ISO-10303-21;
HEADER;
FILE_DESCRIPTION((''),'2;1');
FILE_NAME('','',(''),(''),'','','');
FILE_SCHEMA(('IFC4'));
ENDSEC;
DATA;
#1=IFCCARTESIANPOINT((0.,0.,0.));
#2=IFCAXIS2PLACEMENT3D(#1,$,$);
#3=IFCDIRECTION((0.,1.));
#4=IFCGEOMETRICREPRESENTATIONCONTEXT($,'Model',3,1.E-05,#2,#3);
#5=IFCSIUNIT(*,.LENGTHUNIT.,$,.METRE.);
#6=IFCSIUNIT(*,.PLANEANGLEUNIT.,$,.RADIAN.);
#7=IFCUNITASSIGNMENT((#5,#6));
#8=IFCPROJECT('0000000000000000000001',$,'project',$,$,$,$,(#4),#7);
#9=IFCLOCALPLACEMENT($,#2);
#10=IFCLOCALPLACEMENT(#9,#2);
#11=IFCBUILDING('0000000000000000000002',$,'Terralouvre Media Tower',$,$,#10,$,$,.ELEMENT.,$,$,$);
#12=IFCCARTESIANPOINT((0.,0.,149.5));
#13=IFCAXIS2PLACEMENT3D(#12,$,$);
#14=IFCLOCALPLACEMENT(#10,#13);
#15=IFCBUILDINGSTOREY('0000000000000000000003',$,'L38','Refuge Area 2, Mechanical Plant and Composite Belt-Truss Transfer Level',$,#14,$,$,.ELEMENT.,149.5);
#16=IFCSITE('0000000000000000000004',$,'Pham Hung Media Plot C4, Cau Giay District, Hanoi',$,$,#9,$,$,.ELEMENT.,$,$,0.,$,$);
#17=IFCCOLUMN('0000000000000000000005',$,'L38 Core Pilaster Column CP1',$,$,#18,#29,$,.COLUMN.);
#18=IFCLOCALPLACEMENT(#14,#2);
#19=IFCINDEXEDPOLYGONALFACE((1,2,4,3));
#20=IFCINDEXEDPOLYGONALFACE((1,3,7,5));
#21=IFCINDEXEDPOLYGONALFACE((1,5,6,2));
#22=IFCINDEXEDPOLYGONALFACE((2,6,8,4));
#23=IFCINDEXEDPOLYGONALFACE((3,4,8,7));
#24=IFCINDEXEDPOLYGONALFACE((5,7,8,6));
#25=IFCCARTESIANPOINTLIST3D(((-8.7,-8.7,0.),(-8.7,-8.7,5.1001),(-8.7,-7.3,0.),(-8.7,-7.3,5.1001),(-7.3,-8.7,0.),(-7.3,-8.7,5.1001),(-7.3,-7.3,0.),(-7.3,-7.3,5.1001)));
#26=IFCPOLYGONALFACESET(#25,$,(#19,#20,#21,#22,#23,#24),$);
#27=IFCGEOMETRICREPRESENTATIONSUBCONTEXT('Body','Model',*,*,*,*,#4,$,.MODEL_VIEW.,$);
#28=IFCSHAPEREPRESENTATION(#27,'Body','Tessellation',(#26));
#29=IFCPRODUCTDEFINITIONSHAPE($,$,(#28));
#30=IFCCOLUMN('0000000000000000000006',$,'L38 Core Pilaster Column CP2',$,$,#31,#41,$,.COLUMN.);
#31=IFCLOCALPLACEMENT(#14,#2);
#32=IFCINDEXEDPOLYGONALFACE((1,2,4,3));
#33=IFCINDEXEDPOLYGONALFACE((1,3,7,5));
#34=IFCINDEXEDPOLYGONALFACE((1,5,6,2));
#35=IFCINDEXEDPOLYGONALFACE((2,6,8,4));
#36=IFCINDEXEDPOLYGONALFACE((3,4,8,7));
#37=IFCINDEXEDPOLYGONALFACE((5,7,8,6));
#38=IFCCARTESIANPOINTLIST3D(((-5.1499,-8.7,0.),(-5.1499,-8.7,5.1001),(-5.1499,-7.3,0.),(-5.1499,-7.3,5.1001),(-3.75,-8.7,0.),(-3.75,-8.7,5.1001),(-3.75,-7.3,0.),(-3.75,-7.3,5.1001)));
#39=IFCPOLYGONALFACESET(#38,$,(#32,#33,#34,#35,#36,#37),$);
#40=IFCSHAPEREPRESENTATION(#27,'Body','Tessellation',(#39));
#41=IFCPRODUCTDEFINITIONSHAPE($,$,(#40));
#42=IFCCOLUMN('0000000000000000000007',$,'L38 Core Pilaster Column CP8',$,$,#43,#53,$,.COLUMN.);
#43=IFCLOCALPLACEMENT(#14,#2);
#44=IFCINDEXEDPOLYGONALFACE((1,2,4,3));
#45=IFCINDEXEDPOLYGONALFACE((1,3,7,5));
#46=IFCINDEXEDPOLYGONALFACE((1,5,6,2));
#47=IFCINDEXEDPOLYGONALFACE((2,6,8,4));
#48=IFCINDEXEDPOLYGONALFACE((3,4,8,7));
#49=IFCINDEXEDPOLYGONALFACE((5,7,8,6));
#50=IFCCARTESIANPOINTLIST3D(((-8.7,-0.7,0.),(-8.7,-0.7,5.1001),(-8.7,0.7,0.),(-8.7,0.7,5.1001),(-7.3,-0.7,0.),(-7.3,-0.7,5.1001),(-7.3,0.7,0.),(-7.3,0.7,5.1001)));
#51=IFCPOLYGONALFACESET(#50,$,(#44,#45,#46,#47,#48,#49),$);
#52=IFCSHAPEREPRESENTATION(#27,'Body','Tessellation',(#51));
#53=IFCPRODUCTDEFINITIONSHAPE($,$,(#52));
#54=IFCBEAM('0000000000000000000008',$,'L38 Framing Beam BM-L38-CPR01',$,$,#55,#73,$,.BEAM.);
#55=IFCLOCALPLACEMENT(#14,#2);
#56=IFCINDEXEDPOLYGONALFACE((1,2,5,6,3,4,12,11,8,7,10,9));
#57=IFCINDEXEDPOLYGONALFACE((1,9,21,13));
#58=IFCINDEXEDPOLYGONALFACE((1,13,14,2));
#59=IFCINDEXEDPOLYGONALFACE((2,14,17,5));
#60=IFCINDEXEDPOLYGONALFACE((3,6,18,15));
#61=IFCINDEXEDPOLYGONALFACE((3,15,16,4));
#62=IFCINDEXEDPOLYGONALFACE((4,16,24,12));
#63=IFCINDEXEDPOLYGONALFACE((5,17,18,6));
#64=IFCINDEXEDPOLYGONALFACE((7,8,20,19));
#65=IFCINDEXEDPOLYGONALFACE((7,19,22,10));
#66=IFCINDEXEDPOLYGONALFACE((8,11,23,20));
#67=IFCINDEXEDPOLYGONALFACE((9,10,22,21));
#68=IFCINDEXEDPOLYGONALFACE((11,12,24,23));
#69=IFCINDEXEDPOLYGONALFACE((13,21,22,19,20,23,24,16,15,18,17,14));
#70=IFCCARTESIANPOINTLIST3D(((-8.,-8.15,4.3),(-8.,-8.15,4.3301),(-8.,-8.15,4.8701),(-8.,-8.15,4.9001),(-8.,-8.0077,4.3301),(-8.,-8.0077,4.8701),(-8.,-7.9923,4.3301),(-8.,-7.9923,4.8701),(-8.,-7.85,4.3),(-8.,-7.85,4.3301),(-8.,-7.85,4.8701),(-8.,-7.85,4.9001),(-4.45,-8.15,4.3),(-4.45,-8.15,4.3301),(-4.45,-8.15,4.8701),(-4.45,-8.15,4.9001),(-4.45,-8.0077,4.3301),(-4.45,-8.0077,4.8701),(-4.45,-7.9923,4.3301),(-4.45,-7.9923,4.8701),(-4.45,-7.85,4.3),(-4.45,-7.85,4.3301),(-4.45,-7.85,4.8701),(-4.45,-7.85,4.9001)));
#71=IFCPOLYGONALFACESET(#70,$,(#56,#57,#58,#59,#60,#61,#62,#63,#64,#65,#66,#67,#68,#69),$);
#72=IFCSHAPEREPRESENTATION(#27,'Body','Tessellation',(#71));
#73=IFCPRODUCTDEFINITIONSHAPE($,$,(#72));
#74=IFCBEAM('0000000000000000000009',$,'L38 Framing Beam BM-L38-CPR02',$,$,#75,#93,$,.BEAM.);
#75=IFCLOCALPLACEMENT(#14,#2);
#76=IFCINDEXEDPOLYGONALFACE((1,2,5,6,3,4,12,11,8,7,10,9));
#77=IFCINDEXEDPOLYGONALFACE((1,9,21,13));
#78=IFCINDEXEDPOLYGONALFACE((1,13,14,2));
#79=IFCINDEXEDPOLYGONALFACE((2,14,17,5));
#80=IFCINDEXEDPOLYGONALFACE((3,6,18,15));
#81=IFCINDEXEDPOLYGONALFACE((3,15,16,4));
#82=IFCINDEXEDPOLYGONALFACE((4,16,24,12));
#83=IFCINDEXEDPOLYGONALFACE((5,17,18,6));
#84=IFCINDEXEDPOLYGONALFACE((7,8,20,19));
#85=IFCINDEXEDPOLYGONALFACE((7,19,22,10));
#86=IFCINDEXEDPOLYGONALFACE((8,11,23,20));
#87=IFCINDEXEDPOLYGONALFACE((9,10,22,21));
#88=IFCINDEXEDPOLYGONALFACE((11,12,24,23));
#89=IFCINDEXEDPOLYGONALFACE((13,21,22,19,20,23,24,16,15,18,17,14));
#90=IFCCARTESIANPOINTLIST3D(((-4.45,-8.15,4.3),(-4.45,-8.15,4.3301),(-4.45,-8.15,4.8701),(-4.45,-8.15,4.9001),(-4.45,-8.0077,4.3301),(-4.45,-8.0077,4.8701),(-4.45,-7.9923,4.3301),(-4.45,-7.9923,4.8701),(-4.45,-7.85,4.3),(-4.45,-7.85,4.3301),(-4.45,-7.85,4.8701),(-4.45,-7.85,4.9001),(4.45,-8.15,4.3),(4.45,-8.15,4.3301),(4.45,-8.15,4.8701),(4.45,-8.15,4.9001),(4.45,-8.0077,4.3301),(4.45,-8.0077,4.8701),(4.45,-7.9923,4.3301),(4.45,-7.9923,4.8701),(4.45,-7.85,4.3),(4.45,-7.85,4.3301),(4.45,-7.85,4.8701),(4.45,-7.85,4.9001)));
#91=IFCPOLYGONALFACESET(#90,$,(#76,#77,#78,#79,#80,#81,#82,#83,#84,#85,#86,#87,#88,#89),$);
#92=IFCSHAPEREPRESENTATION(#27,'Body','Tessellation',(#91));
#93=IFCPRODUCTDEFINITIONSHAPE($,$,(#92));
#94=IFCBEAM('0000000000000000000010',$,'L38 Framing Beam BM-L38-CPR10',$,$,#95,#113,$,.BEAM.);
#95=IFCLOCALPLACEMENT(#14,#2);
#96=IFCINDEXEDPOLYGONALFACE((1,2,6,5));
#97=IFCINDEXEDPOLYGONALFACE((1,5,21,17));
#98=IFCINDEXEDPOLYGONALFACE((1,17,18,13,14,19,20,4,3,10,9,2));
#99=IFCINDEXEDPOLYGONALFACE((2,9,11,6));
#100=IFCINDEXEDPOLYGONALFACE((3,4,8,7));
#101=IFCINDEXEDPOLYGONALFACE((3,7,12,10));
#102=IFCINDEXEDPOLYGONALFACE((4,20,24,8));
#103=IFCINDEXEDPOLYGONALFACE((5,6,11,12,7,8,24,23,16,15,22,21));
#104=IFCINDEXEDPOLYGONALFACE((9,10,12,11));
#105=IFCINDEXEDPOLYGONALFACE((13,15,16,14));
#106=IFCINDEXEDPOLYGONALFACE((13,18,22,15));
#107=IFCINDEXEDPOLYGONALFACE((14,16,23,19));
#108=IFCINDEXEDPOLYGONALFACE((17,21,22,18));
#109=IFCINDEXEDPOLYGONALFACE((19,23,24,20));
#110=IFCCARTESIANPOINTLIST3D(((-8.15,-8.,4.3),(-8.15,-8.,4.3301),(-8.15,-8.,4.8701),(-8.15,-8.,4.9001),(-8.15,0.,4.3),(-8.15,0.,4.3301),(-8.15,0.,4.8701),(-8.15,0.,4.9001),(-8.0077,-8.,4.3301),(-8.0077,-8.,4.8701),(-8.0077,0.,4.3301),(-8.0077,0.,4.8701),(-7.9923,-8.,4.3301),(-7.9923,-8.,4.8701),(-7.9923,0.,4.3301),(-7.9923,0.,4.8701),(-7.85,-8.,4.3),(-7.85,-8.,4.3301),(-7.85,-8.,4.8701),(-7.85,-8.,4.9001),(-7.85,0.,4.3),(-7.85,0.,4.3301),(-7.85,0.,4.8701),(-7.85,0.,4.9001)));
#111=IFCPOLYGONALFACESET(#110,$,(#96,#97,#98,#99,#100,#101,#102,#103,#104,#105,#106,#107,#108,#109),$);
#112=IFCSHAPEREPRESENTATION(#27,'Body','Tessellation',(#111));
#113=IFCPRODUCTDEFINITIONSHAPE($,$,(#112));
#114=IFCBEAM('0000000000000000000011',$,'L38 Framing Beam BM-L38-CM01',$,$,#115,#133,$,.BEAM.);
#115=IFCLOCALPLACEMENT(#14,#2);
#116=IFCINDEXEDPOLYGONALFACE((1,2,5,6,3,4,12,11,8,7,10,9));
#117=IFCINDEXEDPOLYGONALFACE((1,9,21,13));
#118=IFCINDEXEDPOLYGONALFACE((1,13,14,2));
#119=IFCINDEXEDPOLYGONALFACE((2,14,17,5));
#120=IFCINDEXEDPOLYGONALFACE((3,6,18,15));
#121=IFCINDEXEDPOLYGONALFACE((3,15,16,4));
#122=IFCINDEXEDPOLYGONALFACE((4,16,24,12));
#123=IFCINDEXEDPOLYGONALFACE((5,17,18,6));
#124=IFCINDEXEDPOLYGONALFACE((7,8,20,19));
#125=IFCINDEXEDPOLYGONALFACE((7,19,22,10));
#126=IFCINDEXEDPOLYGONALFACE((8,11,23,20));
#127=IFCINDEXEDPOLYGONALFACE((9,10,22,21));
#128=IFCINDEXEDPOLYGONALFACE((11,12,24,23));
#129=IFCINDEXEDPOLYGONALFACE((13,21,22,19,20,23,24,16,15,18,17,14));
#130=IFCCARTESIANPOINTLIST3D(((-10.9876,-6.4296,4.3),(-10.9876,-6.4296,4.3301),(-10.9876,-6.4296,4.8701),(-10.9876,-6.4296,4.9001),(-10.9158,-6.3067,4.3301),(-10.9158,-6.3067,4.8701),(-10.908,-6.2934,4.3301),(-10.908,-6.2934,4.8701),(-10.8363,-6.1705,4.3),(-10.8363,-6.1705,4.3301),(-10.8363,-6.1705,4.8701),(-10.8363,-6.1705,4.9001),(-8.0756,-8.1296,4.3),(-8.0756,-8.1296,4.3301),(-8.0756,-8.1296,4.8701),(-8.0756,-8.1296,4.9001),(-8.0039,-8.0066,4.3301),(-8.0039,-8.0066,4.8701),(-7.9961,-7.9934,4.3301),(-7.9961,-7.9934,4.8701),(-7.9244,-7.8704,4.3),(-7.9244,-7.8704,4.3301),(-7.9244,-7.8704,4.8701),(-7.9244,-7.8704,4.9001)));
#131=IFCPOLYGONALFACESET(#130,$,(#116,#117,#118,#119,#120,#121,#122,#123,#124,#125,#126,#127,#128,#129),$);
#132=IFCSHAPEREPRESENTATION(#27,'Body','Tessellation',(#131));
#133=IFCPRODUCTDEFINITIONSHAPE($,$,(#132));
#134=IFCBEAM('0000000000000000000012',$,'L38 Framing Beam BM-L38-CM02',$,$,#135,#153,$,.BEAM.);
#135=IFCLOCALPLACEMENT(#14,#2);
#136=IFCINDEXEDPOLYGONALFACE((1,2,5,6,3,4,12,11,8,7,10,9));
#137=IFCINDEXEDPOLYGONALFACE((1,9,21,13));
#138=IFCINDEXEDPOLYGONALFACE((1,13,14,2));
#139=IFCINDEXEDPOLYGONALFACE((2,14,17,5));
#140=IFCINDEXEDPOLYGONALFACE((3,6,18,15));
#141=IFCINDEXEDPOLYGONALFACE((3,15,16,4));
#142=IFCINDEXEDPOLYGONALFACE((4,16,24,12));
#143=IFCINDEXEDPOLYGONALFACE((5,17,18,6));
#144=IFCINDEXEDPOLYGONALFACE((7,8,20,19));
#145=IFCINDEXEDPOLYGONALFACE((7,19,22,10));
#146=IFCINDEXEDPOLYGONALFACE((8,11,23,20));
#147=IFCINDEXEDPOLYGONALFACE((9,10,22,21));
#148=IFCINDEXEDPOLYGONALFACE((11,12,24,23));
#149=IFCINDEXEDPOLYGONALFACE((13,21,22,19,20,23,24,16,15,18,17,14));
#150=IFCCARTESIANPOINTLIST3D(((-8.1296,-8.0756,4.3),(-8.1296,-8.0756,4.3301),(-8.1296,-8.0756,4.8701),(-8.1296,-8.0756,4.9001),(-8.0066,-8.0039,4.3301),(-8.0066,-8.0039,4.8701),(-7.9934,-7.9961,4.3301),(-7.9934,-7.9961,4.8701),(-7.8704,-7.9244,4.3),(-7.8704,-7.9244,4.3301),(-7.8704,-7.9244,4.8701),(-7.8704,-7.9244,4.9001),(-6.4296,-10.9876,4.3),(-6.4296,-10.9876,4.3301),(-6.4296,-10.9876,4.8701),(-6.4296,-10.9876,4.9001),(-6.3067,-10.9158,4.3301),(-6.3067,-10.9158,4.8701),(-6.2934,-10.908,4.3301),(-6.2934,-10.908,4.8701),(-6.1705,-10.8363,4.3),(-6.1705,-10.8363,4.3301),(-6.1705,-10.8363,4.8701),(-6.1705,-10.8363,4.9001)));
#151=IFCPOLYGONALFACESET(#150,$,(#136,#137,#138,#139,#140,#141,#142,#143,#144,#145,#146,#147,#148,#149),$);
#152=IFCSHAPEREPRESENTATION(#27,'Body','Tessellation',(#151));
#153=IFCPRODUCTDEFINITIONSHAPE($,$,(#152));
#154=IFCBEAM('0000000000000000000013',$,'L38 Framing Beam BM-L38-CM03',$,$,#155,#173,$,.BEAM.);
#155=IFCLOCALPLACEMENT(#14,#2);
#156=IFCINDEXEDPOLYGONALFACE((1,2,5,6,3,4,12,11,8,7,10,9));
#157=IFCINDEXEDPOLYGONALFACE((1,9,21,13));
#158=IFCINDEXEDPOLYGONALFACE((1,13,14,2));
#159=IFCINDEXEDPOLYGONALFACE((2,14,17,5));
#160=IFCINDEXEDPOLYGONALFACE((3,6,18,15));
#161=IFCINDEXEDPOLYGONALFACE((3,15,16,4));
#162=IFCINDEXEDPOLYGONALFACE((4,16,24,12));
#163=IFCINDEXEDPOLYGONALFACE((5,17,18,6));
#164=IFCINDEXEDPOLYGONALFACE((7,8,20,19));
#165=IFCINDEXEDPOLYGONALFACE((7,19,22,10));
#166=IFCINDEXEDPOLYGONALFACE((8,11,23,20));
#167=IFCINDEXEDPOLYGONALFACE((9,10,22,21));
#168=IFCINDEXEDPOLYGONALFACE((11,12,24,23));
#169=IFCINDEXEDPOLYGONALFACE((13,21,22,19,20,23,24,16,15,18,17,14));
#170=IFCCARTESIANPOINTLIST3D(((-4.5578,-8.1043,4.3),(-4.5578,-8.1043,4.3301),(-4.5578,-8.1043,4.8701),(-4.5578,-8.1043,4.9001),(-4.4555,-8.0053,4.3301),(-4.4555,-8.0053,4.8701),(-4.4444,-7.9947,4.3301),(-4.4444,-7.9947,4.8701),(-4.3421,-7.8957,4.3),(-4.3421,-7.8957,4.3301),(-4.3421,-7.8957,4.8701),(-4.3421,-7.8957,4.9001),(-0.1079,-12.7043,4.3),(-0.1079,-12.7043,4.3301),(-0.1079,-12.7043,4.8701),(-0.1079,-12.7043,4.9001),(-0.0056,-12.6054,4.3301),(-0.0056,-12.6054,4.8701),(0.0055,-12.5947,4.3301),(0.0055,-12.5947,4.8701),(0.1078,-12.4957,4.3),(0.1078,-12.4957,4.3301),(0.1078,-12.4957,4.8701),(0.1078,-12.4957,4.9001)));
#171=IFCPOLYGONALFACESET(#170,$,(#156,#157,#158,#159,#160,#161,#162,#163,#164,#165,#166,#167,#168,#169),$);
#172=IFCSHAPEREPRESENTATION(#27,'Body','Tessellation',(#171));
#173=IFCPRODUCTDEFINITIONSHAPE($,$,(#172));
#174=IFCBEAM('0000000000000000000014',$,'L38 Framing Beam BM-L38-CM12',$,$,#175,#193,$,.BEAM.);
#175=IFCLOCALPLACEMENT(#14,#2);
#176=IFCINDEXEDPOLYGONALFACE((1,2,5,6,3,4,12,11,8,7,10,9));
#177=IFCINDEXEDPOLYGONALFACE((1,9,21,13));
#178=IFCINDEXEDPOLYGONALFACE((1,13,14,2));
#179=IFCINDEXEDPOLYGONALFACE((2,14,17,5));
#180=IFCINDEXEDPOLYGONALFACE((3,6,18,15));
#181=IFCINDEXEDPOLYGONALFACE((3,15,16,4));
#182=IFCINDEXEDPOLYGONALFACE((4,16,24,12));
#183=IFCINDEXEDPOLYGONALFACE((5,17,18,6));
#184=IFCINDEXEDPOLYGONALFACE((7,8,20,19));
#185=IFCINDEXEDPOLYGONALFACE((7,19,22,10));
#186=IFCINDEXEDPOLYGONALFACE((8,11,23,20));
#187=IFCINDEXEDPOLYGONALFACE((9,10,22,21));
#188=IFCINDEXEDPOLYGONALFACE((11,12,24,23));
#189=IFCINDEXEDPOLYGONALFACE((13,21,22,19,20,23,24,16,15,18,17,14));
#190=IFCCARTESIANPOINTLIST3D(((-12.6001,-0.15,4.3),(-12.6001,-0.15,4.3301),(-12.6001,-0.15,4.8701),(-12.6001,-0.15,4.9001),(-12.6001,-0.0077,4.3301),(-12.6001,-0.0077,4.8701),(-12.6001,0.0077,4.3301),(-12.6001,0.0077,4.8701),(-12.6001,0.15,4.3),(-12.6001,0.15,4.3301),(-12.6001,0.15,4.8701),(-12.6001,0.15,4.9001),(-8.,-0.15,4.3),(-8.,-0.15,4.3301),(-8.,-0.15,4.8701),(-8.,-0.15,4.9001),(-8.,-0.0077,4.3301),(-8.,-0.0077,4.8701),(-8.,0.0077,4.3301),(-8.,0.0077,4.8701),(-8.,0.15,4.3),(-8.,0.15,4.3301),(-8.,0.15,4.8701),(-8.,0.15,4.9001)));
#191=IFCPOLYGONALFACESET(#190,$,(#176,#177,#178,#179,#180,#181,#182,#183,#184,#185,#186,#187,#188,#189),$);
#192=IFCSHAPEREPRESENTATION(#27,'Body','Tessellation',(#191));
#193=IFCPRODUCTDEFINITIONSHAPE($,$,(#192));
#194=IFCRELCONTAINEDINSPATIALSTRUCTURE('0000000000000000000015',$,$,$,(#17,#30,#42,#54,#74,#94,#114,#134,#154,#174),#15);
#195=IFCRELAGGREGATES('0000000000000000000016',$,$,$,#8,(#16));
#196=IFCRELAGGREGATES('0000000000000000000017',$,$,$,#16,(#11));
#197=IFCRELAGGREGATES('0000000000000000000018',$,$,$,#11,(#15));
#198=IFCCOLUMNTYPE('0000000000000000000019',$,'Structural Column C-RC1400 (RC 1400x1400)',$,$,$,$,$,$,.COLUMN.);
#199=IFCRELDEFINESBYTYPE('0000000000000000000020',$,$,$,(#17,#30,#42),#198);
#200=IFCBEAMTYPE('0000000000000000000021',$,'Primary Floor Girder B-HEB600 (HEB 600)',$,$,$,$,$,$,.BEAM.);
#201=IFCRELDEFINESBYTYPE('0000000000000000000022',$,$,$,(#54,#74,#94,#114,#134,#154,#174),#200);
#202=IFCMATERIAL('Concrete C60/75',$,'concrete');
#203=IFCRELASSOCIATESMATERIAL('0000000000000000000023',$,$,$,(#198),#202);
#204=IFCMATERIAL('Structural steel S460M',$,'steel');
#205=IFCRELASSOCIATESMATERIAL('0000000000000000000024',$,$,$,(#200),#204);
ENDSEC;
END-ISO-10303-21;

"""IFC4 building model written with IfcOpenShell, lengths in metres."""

from ifc_helpers import new_model, si_unit, direction, frame, origin, origin_2d, place, context, subcontext, project, spatial, rectangle, i_section, extrude, material, material_profile, profile_set, type_object, element, save


model = new_model("IFC4")

# Units and contexts
model_context = context("Model", 3, precision=1e-05, world=origin(), true_north=direction((0.0, 1.0)))
body_context = subcontext(model_context, "Body", "Model", "MODEL_VIEW")
ifc_project = project(units=[si_unit("LENGTHUNIT", "METRE"), si_unit("PLANEANGLEUNIT", "RADIAN")], contexts=[model_context])

# Site, building, storey
site_placement = place(None, origin())
site = spatial("IfcSite", under=ifc_project, at=site_placement, Name="Pham Hung Media Plot C4, Cau Giay District, Hanoi", CompositionType="ELEMENT", RefElevation=0.0)
building_placement = place(site_placement, origin())
building = spatial("IfcBuilding", under=site, at=building_placement, Name="Terralouvre Media Tower", CompositionType="ELEMENT")
storey_placement = place(building_placement, frame((0.0, 0.0, 149.5)))
storey = spatial("IfcBuildingStorey", under=building, at=storey_placement, Name="L38", Description="Refuge Area 2, Mechanical Plant and Composite Belt-Truss Transfer Level", CompositionType="ELEMENT", Elevation=149.5)

# Columns
ifc_material_1 = material(Name="Concrete C60/75", Category="concrete")
ifc_material_profile_1 = material_profile(ifc_material_1, rectangle(XDim=1.3999, YDim=1.3999, at=origin_2d()), Name="RC 1400x1400")
ifc_profile_set_1 = profile_set([ifc_material_profile_1], Name="Concrete C60/75")
column_type = type_object("IfcColumnType", Name="Structural Column C-RC1400 (RC 1400x1400)", PredefinedType="COLUMN", material=ifc_profile_set_1)
for number, where, z_axis, x_axis, name in (
    (1, (-8.0, -8.0, 0.0), (0.0, 0.0, 1.0), (1.0, 0.0, 0.0), "L38 Core Pilaster Column CP1"),
    (2, (-4.45, -8.0, 0.0), (0.0, 0.0, 1.0), (1.0, 0.0, 0.0), "L38 Core Pilaster Column CP2"),
    (3, (-8.0, 0.0, 0.0), (0.0, 0.0, 1.0), (1.0, 0.0, 0.0), "L38 Core Pilaster Column CP8"),
):
    element("IfcColumn", number, at=place(storey_placement, frame(where, z_axis=z_axis, x_axis=x_axis)), inside=storey, type_object=column_type, Name=name, PredefinedType="COLUMN", context=body_context, shape_type="SweptSolid", body=[
        extrude(rectangle(XDim=1.3999, YDim=1.3999, at=origin_2d()), origin(), (0.0, 0.0, 1.0), 5.1001),
    ])

# Beams
ifc_material_2 = material(Name="Structural steel S460M", Category="steel")
ifc_material_profile_2 = material_profile(ifc_material_2, i_section(OverallWidth=0.3, OverallDepth=0.6001, WebThickness=0.0154, FlangeThickness=0.03, at=origin_2d()), Name="HEB 600")
ifc_profile_set_2 = profile_set([ifc_material_profile_2], Name="Structural steel S460M")
beam_type = type_object("IfcBeamType", Name="Primary Floor Girder B-HEB600 (HEB 600)", PredefinedType="BEAM", material=ifc_profile_set_2)
beam_1_placement = place(storey_placement, frame((-8.0, -8.0, 4.6001), z_axis=(1.0, 0.0, 0.0), x_axis=(0.0, 1.0, 0.0)))
element("IfcBeam", 4, at=beam_1_placement, inside=storey, type_object=beam_type, Name="L38 Framing Beam BM-L38-CPR01", PredefinedType="BEAM", context=body_context, shape_type="SweptSolid", body=[
    extrude(i_section(OverallWidth=0.3, OverallDepth=0.6001, WebThickness=0.0154, FlangeThickness=0.03, at=origin_2d()), origin(), (0.0, 0.0, 1.0), 3.55),
])
beam_2_placement = place(storey_placement, frame((-4.45, -8.0, 4.6001), z_axis=(1.0, 0.0, 0.0), x_axis=(0.0, 1.0, 0.0)))
element("IfcBeam", 5, at=beam_2_placement, inside=storey, type_object=beam_type, Name="L38 Framing Beam BM-L38-CPR02", PredefinedType="BEAM", context=body_context, shape_type="SweptSolid", body=[
    extrude(i_section(OverallWidth=0.3, OverallDepth=0.6001, WebThickness=0.0154, FlangeThickness=0.03, at=origin_2d()), origin(), (0.0, 0.0, 1.0), 8.8999),
])
beam_3_placement = place(storey_placement, frame((-8.0, 0.0, 4.6001), z_axis=(0.0, -1.0, 0.0), x_axis=(1.0, 0.0, 0.0)))
element("IfcBeam", 6, at=beam_3_placement, inside=storey, type_object=beam_type, Name="L38 Framing Beam BM-L38-CPR10", PredefinedType="BEAM", context=body_context, shape_type="SweptSolid", body=[
    extrude(i_section(OverallWidth=0.3, OverallDepth=0.6001, WebThickness=0.0154, FlangeThickness=0.03, at=origin_2d()), origin(), (0.0, 0.0, 1.0), 8.0),
])
for number, where, z_axis, x_axis, name in (
    (7, (-8.0, -8.0, 4.6001), (-0.863603, 0.504173, 0.0), (-0.504173, -0.863603, 0.0), "L38 Framing Beam BM-L38-CM01"),
    (8, (-8.0, -8.0, 4.6001), (0.504173, -0.863603, 0.0), (0.863603, 0.504173, 0.0), "L38 Framing Beam BM-L38-CM02"),
):
    element("IfcBeam", number, at=place(storey_placement, frame(where, z_axis=z_axis, x_axis=x_axis)), inside=storey, type_object=beam_type, Name=name, PredefinedType="BEAM", context=body_context, shape_type="SweptSolid", body=[
        extrude(i_section(OverallWidth=0.3, OverallDepth=0.6001, WebThickness=0.0154, FlangeThickness=0.03, at=origin_2d()), origin(), (0.0, 0.0, 1.0), 3.3718),
    ])
beam_4_placement = place(storey_placement, frame((-4.45, -8.0, 4.6001), z_axis=(0.69528, -0.718739, 0.0), x_axis=(0.718739, 0.69528, 0.0)))
element("IfcBeam", 9, at=beam_4_placement, inside=storey, type_object=beam_type, Name="L38 Framing Beam BM-L38-CM03", PredefinedType="BEAM", context=body_context, shape_type="SweptSolid", body=[
    extrude(i_section(OverallWidth=0.3, OverallDepth=0.6001, WebThickness=0.0154, FlangeThickness=0.03, at=origin_2d()), origin(), (0.0, 0.0, 1.0), 6.4001),
])
beam_5_placement = place(storey_placement, frame((-8.0, 0.0, 4.6001), z_axis=(-1.0, 0.0, 0.0), x_axis=(0.0, -1.0, 0.0)))
element("IfcBeam", 10, at=beam_5_placement, inside=storey, type_object=beam_type, Name="L38 Framing Beam BM-L38-CM12", PredefinedType="BEAM", context=body_context, shape_type="SweptSolid", body=[
    extrude(i_section(OverallWidth=0.3, OverallDepth=0.6001, WebThickness=0.0154, FlangeThickness=0.03, at=origin_2d()), origin(), (0.0, 0.0, 1.0), 4.6001),
])

save(model, "model.ifc")
